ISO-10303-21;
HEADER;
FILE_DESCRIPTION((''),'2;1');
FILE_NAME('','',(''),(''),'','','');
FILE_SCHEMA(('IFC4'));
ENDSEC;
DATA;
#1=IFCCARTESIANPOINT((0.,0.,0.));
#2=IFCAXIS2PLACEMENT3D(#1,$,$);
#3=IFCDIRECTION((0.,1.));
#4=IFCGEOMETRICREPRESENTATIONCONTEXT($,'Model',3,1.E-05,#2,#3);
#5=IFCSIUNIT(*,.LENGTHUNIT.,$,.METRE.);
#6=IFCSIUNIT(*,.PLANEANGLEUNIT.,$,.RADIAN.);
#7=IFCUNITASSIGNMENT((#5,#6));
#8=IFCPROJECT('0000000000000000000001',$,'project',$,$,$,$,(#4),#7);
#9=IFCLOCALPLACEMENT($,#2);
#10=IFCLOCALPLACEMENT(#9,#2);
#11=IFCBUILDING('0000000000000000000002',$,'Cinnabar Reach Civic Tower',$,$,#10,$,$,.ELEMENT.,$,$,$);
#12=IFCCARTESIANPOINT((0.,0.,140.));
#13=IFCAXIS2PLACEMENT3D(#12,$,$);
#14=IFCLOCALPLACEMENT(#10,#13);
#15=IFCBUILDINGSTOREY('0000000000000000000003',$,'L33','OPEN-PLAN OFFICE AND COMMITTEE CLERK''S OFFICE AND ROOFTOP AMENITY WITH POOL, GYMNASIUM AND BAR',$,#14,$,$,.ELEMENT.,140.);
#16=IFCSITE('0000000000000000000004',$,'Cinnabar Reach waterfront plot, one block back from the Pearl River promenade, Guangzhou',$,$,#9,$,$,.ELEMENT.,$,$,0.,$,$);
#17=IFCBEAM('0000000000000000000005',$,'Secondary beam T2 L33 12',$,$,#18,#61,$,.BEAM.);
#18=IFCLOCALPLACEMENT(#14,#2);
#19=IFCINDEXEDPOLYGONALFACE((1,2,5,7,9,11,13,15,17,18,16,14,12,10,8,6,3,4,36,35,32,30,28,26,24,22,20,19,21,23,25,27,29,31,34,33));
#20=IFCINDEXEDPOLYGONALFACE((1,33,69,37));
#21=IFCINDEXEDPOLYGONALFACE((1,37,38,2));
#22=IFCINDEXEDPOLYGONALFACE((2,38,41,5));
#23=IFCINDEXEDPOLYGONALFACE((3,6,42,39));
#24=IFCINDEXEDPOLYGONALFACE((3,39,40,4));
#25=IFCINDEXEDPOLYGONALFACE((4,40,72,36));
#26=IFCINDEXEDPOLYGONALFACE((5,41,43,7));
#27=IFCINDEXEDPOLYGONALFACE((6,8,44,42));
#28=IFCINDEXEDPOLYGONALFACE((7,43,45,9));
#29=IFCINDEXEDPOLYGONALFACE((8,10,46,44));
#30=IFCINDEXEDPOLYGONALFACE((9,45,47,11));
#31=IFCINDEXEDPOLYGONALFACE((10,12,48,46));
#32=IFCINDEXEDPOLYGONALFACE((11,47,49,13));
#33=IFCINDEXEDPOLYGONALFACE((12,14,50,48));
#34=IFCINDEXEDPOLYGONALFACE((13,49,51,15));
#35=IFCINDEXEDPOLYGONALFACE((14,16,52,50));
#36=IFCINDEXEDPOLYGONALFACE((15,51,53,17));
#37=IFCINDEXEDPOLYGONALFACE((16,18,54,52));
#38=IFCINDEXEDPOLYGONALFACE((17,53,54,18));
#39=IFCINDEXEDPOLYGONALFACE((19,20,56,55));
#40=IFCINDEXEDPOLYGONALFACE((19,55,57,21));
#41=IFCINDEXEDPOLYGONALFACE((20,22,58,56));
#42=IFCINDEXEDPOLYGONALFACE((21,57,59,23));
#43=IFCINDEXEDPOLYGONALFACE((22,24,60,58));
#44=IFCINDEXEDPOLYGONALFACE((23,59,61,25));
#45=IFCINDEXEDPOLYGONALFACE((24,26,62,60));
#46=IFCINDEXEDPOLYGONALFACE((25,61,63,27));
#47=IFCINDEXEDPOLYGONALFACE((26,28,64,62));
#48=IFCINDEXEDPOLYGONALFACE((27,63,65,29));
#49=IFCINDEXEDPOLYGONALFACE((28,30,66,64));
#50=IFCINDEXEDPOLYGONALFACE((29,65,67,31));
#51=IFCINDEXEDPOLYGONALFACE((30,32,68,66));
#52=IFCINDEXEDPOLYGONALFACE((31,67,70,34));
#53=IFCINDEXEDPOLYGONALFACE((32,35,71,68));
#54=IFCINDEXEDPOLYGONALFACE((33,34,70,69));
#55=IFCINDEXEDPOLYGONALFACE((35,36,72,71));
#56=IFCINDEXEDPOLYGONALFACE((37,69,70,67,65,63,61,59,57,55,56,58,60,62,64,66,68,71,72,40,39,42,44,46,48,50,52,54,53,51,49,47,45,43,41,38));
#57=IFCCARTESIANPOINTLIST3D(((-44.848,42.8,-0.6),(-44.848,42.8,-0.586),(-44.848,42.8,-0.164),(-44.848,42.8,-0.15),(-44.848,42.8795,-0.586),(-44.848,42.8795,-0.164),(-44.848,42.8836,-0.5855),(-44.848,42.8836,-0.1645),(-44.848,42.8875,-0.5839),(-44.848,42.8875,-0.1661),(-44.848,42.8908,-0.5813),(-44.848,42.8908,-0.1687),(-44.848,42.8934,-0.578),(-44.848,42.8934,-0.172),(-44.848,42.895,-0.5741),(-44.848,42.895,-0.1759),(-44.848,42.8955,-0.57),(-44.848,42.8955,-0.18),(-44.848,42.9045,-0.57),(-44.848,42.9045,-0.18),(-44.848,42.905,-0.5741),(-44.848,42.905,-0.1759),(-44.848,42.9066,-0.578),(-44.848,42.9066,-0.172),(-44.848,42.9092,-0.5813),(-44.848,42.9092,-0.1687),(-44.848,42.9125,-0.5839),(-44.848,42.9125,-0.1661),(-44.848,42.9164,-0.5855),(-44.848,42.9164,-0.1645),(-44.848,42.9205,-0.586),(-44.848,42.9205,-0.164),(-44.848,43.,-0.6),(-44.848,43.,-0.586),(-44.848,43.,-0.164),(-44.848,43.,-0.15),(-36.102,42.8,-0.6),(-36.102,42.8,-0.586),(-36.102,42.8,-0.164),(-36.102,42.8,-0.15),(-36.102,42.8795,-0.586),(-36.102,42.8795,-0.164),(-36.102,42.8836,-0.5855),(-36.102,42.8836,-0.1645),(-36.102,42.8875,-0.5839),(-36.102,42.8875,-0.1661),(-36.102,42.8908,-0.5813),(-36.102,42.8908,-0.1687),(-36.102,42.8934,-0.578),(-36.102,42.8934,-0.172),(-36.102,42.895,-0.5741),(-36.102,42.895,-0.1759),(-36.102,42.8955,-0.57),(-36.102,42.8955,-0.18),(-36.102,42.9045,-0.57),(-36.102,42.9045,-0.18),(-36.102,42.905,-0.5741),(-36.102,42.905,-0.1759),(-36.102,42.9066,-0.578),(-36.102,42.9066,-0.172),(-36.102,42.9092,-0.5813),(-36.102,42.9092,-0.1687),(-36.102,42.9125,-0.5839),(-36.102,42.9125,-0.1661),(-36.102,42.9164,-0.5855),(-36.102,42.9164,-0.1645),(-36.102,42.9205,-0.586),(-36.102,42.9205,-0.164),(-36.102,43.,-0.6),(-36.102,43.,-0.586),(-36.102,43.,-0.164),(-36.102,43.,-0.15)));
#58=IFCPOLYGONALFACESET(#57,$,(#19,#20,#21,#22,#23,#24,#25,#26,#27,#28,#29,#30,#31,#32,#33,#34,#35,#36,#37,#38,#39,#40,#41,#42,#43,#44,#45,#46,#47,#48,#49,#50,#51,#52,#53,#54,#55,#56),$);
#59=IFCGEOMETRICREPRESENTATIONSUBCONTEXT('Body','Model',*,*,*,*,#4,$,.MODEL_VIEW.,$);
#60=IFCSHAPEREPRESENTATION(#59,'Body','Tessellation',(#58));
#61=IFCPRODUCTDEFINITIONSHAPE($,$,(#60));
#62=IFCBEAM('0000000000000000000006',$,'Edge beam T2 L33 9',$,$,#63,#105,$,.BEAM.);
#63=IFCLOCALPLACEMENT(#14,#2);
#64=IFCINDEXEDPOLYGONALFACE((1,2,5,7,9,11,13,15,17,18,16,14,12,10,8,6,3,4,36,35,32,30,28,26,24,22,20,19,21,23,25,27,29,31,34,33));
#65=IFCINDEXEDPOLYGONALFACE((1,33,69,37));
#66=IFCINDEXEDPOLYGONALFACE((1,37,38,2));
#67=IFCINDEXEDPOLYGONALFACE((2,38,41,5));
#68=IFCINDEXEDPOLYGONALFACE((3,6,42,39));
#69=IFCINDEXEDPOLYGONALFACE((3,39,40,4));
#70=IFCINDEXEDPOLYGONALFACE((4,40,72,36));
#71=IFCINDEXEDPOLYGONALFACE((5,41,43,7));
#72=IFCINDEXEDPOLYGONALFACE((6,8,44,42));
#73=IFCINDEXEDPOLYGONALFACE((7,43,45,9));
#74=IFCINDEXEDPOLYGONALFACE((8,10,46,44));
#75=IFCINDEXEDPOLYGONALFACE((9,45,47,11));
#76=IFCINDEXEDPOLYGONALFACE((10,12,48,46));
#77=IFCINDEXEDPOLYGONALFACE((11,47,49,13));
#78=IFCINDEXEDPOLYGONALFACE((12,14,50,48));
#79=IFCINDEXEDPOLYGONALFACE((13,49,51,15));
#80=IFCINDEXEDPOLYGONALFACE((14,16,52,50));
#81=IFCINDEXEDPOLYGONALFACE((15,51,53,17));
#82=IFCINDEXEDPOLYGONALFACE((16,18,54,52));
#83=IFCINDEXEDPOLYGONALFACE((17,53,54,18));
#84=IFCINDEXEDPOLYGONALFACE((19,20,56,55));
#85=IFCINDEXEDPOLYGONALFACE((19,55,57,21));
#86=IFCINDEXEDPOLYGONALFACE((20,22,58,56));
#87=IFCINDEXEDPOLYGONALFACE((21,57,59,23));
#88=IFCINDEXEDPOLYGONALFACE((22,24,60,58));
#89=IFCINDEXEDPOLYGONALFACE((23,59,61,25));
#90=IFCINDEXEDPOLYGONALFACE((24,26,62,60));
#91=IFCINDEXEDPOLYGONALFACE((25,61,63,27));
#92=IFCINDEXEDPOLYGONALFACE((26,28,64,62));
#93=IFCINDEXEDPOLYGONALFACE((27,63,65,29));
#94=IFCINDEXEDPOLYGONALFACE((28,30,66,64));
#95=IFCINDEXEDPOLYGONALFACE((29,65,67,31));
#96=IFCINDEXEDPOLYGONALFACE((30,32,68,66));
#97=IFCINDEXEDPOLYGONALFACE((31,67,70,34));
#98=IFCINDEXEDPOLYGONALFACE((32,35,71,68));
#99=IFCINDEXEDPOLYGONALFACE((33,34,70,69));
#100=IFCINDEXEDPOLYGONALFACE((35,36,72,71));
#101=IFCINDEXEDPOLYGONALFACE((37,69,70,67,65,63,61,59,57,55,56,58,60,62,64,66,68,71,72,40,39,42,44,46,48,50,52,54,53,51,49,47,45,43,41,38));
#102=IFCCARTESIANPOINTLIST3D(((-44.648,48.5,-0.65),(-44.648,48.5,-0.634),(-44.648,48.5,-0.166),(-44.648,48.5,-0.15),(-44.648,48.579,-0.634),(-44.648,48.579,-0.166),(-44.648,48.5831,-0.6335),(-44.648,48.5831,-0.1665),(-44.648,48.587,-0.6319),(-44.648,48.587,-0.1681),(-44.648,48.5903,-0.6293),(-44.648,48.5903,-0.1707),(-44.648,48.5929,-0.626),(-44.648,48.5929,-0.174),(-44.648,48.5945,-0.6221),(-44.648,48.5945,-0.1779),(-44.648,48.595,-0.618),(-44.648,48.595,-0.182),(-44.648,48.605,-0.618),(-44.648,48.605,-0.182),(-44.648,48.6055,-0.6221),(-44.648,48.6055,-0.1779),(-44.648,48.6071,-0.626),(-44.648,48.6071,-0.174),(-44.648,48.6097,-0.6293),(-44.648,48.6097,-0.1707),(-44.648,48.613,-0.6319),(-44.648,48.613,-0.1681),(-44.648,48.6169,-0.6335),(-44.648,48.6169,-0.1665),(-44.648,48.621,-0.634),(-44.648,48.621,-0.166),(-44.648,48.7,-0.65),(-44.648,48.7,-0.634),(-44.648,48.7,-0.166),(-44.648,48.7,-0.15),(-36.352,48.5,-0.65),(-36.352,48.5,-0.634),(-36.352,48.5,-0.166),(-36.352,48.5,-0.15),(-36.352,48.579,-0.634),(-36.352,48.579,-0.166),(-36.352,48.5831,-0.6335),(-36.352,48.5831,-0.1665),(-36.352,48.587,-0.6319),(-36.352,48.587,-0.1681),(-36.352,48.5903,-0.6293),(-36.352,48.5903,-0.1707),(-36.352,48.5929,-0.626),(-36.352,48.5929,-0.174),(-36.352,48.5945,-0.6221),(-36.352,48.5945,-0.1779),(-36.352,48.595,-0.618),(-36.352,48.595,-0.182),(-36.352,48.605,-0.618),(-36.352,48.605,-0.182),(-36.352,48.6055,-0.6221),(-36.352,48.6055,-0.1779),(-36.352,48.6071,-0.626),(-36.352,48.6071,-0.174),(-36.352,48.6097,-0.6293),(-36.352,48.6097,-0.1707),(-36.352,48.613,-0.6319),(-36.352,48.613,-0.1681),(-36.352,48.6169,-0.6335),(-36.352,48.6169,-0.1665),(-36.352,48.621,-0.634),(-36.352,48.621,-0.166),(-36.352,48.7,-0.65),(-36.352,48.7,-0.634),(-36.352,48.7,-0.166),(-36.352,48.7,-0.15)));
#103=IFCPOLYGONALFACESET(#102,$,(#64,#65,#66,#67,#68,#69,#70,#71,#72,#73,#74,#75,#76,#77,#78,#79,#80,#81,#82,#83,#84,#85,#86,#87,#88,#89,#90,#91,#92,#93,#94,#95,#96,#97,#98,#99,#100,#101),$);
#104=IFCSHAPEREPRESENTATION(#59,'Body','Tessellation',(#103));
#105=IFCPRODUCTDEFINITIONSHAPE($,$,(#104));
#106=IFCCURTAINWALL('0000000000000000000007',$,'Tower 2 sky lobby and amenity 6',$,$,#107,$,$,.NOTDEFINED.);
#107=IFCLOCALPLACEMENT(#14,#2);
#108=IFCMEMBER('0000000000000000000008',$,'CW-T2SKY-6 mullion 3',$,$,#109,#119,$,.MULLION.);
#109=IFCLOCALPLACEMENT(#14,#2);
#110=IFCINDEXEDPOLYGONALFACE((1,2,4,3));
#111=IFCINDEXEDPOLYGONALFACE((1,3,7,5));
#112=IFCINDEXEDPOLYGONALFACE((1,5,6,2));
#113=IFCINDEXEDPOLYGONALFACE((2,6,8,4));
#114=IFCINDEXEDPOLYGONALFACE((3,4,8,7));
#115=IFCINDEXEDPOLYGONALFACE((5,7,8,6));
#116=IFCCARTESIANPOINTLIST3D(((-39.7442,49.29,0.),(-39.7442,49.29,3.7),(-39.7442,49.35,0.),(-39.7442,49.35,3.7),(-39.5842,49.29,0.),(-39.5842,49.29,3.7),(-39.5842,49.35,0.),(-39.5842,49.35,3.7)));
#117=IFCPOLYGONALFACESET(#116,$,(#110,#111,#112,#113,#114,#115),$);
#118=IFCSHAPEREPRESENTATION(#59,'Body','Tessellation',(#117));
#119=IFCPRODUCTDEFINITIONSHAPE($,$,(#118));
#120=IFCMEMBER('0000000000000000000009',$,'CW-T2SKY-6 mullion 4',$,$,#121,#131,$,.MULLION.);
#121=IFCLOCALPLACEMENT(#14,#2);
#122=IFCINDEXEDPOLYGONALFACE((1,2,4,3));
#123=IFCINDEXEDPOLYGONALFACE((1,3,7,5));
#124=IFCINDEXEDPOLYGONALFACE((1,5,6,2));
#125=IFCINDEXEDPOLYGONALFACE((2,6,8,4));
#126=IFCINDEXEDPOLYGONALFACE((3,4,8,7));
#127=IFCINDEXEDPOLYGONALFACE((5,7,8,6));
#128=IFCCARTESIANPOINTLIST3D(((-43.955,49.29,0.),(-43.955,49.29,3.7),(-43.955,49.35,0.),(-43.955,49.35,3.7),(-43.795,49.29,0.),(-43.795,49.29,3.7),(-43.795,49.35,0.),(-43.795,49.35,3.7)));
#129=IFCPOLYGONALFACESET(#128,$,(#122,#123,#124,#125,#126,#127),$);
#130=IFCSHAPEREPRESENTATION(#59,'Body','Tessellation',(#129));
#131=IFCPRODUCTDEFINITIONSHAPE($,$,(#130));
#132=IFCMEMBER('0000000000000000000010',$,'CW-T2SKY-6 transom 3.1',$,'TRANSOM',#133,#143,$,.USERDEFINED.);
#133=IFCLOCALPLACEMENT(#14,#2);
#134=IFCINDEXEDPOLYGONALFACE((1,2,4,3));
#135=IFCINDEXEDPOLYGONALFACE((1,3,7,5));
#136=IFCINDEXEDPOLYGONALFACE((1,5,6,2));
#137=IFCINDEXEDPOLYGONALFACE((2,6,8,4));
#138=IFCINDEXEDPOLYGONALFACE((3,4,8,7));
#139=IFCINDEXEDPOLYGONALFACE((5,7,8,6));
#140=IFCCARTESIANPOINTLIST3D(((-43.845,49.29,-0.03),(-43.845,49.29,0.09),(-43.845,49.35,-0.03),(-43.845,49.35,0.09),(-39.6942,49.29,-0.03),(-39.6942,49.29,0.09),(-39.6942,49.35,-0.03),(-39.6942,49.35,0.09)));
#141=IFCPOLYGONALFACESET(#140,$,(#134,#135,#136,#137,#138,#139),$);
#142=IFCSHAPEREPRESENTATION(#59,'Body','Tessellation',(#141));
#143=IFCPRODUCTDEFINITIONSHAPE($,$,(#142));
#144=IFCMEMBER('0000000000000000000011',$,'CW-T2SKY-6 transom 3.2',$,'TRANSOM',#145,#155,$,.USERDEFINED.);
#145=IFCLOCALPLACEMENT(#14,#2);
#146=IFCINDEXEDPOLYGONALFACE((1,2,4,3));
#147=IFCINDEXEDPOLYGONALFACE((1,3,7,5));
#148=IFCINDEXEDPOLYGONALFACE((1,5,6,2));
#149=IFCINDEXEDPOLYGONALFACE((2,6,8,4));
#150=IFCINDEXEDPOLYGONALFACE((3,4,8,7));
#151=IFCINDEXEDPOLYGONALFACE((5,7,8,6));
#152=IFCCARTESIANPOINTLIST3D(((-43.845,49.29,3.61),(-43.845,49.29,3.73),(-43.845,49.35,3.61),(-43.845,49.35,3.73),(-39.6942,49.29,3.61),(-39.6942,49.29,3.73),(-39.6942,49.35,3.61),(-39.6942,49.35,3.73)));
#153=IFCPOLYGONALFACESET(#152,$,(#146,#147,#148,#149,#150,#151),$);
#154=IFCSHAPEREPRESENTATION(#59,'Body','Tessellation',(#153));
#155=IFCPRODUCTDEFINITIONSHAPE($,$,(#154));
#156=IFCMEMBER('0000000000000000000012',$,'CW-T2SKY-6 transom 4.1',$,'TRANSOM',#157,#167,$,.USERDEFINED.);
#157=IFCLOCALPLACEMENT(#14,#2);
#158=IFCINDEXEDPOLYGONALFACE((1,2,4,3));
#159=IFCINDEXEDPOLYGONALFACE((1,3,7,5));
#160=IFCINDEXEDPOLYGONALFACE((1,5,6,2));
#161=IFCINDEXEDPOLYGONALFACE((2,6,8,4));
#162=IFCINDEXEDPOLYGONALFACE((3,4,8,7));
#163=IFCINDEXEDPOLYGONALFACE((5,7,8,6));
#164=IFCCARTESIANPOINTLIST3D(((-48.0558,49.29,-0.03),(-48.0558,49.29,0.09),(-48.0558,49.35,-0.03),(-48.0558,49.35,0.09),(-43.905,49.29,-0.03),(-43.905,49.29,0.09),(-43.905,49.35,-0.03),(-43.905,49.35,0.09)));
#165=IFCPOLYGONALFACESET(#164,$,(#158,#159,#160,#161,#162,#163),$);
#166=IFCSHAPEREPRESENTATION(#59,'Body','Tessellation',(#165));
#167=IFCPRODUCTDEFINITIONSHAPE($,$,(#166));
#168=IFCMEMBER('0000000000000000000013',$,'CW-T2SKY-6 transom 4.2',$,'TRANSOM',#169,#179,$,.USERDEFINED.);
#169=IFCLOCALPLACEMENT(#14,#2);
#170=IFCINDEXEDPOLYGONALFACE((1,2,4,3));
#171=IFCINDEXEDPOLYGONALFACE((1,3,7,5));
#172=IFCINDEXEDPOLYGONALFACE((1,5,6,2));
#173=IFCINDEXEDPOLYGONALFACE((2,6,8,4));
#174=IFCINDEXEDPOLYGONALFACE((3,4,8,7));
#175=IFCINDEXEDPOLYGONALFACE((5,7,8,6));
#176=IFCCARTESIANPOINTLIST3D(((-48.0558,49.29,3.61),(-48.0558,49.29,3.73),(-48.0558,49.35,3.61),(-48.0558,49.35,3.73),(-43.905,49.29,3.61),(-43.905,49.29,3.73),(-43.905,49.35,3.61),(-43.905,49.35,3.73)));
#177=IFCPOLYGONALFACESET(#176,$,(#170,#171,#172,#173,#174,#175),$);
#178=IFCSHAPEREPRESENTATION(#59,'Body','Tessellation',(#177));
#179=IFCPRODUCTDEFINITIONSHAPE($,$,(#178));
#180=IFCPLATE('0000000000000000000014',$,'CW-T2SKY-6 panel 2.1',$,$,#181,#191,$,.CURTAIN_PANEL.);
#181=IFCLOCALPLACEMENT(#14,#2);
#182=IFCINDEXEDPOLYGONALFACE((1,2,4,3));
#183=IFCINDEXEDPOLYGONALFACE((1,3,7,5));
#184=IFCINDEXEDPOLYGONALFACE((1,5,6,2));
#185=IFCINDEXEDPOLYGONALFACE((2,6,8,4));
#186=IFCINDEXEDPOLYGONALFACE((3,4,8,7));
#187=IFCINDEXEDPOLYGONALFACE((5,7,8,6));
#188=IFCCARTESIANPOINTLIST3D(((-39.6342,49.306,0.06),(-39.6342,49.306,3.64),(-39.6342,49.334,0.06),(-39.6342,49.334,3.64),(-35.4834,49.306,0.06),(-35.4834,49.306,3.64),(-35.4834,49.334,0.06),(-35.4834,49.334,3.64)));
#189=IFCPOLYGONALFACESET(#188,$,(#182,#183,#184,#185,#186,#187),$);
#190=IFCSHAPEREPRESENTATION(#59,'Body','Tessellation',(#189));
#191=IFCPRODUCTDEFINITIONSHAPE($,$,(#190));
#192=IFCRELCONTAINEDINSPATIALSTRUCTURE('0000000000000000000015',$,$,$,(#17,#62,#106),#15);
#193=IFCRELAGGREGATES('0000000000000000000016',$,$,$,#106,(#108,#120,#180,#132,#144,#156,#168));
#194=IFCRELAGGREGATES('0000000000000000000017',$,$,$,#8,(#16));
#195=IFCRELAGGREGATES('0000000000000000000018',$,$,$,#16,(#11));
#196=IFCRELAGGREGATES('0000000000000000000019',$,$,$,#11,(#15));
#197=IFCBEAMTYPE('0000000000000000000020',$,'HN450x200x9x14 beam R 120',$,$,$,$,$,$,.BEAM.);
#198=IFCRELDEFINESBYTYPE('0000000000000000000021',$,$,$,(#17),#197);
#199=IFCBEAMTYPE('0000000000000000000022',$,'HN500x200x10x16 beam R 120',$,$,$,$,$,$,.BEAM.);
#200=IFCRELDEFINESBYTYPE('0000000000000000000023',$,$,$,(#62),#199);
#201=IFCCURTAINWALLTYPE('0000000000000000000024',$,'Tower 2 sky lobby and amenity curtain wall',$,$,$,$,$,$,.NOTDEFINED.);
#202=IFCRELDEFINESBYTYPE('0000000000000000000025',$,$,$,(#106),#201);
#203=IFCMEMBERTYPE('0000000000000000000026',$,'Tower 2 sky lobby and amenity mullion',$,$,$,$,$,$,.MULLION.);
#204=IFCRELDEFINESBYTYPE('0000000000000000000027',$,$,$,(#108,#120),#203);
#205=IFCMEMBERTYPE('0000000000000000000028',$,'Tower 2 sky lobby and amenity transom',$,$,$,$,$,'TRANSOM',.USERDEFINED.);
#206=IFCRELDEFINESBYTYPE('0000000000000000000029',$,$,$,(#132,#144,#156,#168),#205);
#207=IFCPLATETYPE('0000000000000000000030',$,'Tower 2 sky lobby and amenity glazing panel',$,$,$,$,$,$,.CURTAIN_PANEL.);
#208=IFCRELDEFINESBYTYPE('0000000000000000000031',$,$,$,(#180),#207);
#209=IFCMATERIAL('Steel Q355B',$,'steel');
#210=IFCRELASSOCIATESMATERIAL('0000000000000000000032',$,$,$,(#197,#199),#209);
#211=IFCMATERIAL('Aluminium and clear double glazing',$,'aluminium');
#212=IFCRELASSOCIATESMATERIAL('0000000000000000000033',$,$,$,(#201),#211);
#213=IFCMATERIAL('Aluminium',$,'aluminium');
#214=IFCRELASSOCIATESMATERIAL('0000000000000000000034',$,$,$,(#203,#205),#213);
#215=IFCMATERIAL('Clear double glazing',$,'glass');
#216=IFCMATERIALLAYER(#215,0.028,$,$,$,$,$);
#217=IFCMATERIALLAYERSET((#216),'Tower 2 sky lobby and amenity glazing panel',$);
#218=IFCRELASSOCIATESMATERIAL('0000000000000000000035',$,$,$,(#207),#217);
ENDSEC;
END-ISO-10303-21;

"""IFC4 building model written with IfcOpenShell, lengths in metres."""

from ifc_helpers import new_model, si_unit, direction, frame, origin, origin_2d, place, context, subcontext, project, spatial, rectangle, i_section, extrude, material, layer, layer_set, material_profile, profile_set, type_object, element, aggregate, save


model = new_model("IFC4")

# Units and contexts
model_context = context("Model", 3, precision=1e-05, world=origin(), true_north=direction((0.0, 1.0)))
body_context = subcontext(model_context, "Body", "Model", "MODEL_VIEW")
ifc_project = project(units=[si_unit("LENGTHUNIT", "METRE"), si_unit("PLANEANGLEUNIT", "RADIAN")], contexts=[model_context])

# Site, building, storey
site_placement = place(None, origin())
site = spatial("IfcSite", under=ifc_project, at=site_placement, Name="Cinnabar Reach waterfront plot, one block back from the Pearl River promenade, Guangzhou", CompositionType="ELEMENT", RefElevation=0.0)
building_placement = place(site_placement, origin())
building = spatial("IfcBuilding", under=site, at=building_placement, Name="Cinnabar Reach Civic Tower", CompositionType="ELEMENT")
storey_placement = place(building_placement, frame((0.0, 0.0, 140.0)))
storey = spatial("IfcBuildingStorey", under=building, at=storey_placement, Name="L33", Description="OPEN-PLAN OFFICE AND COMMITTEE CLERK'S OFFICE AND ROOFTOP AMENITY WITH POOL, GYMNASIUM AND BAR", CompositionType="ELEMENT", Elevation=140.0)

# Beams
ifc_material_1 = material(Name="Steel Q355B", Category="steel")
ifc_material_profile_1 = material_profile(ifc_material_1, i_section(OverallWidth=0.2, OverallDepth=0.45, WebThickness=0.009, FlangeThickness=0.014, FilletRadius=0.016, at=origin_2d()), Name="HN450x200x9x14")
ifc_profile_set_1 = profile_set([ifc_material_profile_1], Name="Steel Q355B")
beam_type_1 = type_object("IfcBeamType", Name="HN450x200x9x14 beam R 120", PredefinedType="BEAM", material=ifc_profile_set_1)
beam_1_placement = place(storey_placement, frame((-44.848, 42.9, -0.375), z_axis=(1.0, 0.0, 0.0), x_axis=(0.0, 1.0, 0.0)))
element("IfcBeam", 1, at=beam_1_placement, inside=storey, type_object=beam_type_1, Name="Secondary beam T2 L33 12", PredefinedType="BEAM", context=body_context, shape_type="SweptSolid", body=[
    extrude(i_section(OverallWidth=0.2, OverallDepth=0.45, WebThickness=0.009, FlangeThickness=0.014, FilletRadius=0.016, at=origin_2d()), origin(), (0.0, 0.0, 1.0), 8.746),
])
ifc_material_profile_2 = material_profile(ifc_material_1, i_section(OverallWidth=0.2, OverallDepth=0.5, WebThickness=0.01, FlangeThickness=0.016, FilletRadius=0.016, at=origin_2d()), Name="HN500x200x10x16")
ifc_profile_set_2 = profile_set([ifc_material_profile_2], Name="Steel Q355B")
beam_type_2 = type_object("IfcBeamType", Name="HN500x200x10x16 beam R 120", PredefinedType="BEAM", material=ifc_profile_set_2)
beam_2_placement = place(storey_placement, frame((-36.352, 48.6, -0.4), z_axis=(-1.0, 0.0, 0.0), x_axis=(0.0, -1.0, 0.0)))
element("IfcBeam", 2, at=beam_2_placement, inside=storey, type_object=beam_type_2, Name="Edge beam T2 L33 9", PredefinedType="BEAM", context=body_context, shape_type="SweptSolid", body=[
    extrude(i_section(OverallWidth=0.2, OverallDepth=0.5, WebThickness=0.01, FlangeThickness=0.016, FilletRadius=0.016, at=origin_2d()), origin(), (0.0, 0.0, 1.0), 8.296),
])

# Curtain wall, members, plate
ifc_material_2 = material(Name="Aluminium and clear double glazing", Category="aluminium")
curtain_wall_type = type_object("IfcCurtainWallType", Name="Tower 2 sky lobby and amenity curtain wall", PredefinedType="NOTDEFINED", material=ifc_material_2)
curtain_wall_placement = place(storey_placement, origin())
curtain_wall = element("IfcCurtainWall", 3, at=curtain_wall_placement, inside=storey, type_object=curtain_wall_type, Name="Tower 2 sky lobby and amenity 6", PredefinedType="NOTDEFINED")
ifc_material_3 = material(Name="Aluminium", Category="aluminium")
ifc_material_profile_3 = material_profile(ifc_material_3, rectangle(XDim=0.06, YDim=0.16, at=origin_2d()), Name="Tower 2 sky lobby and amenity mullion")
ifc_profile_set_3 = profile_set([ifc_material_profile_3], Name="Aluminium")
member_type_1 = type_object("IfcMemberType", Name="Tower 2 sky lobby and amenity mullion", PredefinedType="MULLION", material=ifc_profile_set_3)
member_1_placement = place(storey_placement, frame((-39.6642, 49.32, 0.0), z_axis=(0.0, 0.0, 1.0), x_axis=(0.0, -1.0, 0.0)))
member_1 = element("IfcMember", 4, at=member_1_placement, type_object=member_type_1, Name="CW-T2SKY-6 mullion 3", PredefinedType="MULLION", context=body_context, shape_type="SweptSolid", body=[
    extrude(rectangle(XDim=0.06, YDim=0.16, at=origin_2d()), origin(), (0.0, 0.0, 1.0), 3.7),
])
member_2_placement = place(storey_placement, frame((-43.875, 49.32, 0.0), z_axis=(0.0, 0.0, 1.0), x_axis=(0.0, -1.0, 0.0)))
member_2 = element("IfcMember", 5, at=member_2_placement, type_object=member_type_1, Name="CW-T2SKY-6 mullion 4", PredefinedType="MULLION", context=body_context, shape_type="SweptSolid", body=[
    extrude(rectangle(XDim=0.06, YDim=0.16, at=origin_2d()), origin(), (0.0, 0.0, 1.0), 3.7),
])
ifc_material_profile_4 = material_profile(ifc_material_3, rectangle(XDim=0.06, YDim=0.12, at=origin_2d()), Name="Tower 2 sky lobby and amenity transom")
ifc_profile_set_4 = profile_set([ifc_material_profile_4], Name="Aluminium")
member_type_2 = type_object("IfcMemberType", Name="Tower 2 sky lobby and amenity transom", ElementType="TRANSOM", PredefinedType="USERDEFINED", material=ifc_profile_set_4)
member_3_placement = place(storey_placement, frame((-39.6942, 49.32, 0.03), z_axis=(-1.0, 0.0, 0.0), x_axis=(0.0, -1.0, 0.0)))
member_3 = element("IfcMember", 6, at=member_3_placement, type_object=member_type_2, Name="CW-T2SKY-6 transom 3.1", ObjectType="TRANSOM", PredefinedType="USERDEFINED", context=body_context, shape_type="SweptSolid", body=[
    extrude(rectangle(XDim=0.06, YDim=0.12, at=origin_2d()), origin(), (0.0, 0.0, 1.0), 4.1508),
])
member_4_placement = place(storey_placement, frame((-39.6942, 49.32, 3.67), z_axis=(-1.0, 0.0, 0.0), x_axis=(0.0, -1.0, 0.0)))
member_4 = element("IfcMember", 7, at=member_4_placement, type_object=member_type_2, Name="CW-T2SKY-6 transom 3.2", ObjectType="TRANSOM", PredefinedType="USERDEFINED", context=body_context, shape_type="SweptSolid", body=[
    extrude(rectangle(XDim=0.06, YDim=0.12, at=origin_2d()), origin(), (0.0, 0.0, 1.0), 4.1508),
])
member_5_placement = place(storey_placement, frame((-43.905, 49.32, 0.03), z_axis=(-1.0, 0.0, 0.0), x_axis=(0.0, -1.0, 0.0)))
member_5 = element("IfcMember", 8, at=member_5_placement, type_object=member_type_2, Name="CW-T2SKY-6 transom 4.1", ObjectType="TRANSOM", PredefinedType="USERDEFINED", context=body_context, shape_type="SweptSolid", body=[
    extrude(rectangle(XDim=0.06, YDim=0.12, at=origin_2d()), origin(), (0.0, 0.0, 1.0), 4.1508),
])
member_6_placement = place(storey_placement, frame((-43.905, 49.32, 3.67), z_axis=(-1.0, 0.0, 0.0), x_axis=(0.0, -1.0, 0.0)))
member_6 = element("IfcMember", 9, at=member_6_placement, type_object=member_type_2, Name="CW-T2SKY-6 transom 4.2", ObjectType="TRANSOM", PredefinedType="USERDEFINED", context=body_context, shape_type="SweptSolid", body=[
    extrude(rectangle(XDim=0.06, YDim=0.12, at=origin_2d()), origin(), (0.0, 0.0, 1.0), 4.1508),
])
ifc_material_4 = material(Name="Clear double glazing", Category="glass")
ifc_layer_1 = layer(ifc_material_4, 0.028)
ifc_layer_set_1 = layer_set([ifc_layer_1], Name="Tower 2 sky lobby and amenity glazing panel")
plate_type = type_object("IfcPlateType", Name="Tower 2 sky lobby and amenity glazing panel", PredefinedType="CURTAIN_PANEL", material=ifc_layer_set_1)
plate_1_placement = place(storey_placement, frame((-37.5588, 49.32, 0.06), z_axis=(0.0, 0.0, 1.0), x_axis=(-1.0, 0.0, 0.0)))
plate_1 = element("IfcPlate", 10, at=plate_1_placement, type_object=plate_type, Name="CW-T2SKY-6 panel 2.1", PredefinedType="CURTAIN_PANEL", context=body_context, shape_type="SweptSolid", body=[
    extrude(rectangle(XDim=4.1508, YDim=0.028, at=origin_2d()), origin(), (0.0, 0.0, 1.0), 3.58),
])
aggregate(curtain_wall, [member_1, member_2, plate_1, member_3, member_4, member_5, member_6])

save(model, "model.ifc")
